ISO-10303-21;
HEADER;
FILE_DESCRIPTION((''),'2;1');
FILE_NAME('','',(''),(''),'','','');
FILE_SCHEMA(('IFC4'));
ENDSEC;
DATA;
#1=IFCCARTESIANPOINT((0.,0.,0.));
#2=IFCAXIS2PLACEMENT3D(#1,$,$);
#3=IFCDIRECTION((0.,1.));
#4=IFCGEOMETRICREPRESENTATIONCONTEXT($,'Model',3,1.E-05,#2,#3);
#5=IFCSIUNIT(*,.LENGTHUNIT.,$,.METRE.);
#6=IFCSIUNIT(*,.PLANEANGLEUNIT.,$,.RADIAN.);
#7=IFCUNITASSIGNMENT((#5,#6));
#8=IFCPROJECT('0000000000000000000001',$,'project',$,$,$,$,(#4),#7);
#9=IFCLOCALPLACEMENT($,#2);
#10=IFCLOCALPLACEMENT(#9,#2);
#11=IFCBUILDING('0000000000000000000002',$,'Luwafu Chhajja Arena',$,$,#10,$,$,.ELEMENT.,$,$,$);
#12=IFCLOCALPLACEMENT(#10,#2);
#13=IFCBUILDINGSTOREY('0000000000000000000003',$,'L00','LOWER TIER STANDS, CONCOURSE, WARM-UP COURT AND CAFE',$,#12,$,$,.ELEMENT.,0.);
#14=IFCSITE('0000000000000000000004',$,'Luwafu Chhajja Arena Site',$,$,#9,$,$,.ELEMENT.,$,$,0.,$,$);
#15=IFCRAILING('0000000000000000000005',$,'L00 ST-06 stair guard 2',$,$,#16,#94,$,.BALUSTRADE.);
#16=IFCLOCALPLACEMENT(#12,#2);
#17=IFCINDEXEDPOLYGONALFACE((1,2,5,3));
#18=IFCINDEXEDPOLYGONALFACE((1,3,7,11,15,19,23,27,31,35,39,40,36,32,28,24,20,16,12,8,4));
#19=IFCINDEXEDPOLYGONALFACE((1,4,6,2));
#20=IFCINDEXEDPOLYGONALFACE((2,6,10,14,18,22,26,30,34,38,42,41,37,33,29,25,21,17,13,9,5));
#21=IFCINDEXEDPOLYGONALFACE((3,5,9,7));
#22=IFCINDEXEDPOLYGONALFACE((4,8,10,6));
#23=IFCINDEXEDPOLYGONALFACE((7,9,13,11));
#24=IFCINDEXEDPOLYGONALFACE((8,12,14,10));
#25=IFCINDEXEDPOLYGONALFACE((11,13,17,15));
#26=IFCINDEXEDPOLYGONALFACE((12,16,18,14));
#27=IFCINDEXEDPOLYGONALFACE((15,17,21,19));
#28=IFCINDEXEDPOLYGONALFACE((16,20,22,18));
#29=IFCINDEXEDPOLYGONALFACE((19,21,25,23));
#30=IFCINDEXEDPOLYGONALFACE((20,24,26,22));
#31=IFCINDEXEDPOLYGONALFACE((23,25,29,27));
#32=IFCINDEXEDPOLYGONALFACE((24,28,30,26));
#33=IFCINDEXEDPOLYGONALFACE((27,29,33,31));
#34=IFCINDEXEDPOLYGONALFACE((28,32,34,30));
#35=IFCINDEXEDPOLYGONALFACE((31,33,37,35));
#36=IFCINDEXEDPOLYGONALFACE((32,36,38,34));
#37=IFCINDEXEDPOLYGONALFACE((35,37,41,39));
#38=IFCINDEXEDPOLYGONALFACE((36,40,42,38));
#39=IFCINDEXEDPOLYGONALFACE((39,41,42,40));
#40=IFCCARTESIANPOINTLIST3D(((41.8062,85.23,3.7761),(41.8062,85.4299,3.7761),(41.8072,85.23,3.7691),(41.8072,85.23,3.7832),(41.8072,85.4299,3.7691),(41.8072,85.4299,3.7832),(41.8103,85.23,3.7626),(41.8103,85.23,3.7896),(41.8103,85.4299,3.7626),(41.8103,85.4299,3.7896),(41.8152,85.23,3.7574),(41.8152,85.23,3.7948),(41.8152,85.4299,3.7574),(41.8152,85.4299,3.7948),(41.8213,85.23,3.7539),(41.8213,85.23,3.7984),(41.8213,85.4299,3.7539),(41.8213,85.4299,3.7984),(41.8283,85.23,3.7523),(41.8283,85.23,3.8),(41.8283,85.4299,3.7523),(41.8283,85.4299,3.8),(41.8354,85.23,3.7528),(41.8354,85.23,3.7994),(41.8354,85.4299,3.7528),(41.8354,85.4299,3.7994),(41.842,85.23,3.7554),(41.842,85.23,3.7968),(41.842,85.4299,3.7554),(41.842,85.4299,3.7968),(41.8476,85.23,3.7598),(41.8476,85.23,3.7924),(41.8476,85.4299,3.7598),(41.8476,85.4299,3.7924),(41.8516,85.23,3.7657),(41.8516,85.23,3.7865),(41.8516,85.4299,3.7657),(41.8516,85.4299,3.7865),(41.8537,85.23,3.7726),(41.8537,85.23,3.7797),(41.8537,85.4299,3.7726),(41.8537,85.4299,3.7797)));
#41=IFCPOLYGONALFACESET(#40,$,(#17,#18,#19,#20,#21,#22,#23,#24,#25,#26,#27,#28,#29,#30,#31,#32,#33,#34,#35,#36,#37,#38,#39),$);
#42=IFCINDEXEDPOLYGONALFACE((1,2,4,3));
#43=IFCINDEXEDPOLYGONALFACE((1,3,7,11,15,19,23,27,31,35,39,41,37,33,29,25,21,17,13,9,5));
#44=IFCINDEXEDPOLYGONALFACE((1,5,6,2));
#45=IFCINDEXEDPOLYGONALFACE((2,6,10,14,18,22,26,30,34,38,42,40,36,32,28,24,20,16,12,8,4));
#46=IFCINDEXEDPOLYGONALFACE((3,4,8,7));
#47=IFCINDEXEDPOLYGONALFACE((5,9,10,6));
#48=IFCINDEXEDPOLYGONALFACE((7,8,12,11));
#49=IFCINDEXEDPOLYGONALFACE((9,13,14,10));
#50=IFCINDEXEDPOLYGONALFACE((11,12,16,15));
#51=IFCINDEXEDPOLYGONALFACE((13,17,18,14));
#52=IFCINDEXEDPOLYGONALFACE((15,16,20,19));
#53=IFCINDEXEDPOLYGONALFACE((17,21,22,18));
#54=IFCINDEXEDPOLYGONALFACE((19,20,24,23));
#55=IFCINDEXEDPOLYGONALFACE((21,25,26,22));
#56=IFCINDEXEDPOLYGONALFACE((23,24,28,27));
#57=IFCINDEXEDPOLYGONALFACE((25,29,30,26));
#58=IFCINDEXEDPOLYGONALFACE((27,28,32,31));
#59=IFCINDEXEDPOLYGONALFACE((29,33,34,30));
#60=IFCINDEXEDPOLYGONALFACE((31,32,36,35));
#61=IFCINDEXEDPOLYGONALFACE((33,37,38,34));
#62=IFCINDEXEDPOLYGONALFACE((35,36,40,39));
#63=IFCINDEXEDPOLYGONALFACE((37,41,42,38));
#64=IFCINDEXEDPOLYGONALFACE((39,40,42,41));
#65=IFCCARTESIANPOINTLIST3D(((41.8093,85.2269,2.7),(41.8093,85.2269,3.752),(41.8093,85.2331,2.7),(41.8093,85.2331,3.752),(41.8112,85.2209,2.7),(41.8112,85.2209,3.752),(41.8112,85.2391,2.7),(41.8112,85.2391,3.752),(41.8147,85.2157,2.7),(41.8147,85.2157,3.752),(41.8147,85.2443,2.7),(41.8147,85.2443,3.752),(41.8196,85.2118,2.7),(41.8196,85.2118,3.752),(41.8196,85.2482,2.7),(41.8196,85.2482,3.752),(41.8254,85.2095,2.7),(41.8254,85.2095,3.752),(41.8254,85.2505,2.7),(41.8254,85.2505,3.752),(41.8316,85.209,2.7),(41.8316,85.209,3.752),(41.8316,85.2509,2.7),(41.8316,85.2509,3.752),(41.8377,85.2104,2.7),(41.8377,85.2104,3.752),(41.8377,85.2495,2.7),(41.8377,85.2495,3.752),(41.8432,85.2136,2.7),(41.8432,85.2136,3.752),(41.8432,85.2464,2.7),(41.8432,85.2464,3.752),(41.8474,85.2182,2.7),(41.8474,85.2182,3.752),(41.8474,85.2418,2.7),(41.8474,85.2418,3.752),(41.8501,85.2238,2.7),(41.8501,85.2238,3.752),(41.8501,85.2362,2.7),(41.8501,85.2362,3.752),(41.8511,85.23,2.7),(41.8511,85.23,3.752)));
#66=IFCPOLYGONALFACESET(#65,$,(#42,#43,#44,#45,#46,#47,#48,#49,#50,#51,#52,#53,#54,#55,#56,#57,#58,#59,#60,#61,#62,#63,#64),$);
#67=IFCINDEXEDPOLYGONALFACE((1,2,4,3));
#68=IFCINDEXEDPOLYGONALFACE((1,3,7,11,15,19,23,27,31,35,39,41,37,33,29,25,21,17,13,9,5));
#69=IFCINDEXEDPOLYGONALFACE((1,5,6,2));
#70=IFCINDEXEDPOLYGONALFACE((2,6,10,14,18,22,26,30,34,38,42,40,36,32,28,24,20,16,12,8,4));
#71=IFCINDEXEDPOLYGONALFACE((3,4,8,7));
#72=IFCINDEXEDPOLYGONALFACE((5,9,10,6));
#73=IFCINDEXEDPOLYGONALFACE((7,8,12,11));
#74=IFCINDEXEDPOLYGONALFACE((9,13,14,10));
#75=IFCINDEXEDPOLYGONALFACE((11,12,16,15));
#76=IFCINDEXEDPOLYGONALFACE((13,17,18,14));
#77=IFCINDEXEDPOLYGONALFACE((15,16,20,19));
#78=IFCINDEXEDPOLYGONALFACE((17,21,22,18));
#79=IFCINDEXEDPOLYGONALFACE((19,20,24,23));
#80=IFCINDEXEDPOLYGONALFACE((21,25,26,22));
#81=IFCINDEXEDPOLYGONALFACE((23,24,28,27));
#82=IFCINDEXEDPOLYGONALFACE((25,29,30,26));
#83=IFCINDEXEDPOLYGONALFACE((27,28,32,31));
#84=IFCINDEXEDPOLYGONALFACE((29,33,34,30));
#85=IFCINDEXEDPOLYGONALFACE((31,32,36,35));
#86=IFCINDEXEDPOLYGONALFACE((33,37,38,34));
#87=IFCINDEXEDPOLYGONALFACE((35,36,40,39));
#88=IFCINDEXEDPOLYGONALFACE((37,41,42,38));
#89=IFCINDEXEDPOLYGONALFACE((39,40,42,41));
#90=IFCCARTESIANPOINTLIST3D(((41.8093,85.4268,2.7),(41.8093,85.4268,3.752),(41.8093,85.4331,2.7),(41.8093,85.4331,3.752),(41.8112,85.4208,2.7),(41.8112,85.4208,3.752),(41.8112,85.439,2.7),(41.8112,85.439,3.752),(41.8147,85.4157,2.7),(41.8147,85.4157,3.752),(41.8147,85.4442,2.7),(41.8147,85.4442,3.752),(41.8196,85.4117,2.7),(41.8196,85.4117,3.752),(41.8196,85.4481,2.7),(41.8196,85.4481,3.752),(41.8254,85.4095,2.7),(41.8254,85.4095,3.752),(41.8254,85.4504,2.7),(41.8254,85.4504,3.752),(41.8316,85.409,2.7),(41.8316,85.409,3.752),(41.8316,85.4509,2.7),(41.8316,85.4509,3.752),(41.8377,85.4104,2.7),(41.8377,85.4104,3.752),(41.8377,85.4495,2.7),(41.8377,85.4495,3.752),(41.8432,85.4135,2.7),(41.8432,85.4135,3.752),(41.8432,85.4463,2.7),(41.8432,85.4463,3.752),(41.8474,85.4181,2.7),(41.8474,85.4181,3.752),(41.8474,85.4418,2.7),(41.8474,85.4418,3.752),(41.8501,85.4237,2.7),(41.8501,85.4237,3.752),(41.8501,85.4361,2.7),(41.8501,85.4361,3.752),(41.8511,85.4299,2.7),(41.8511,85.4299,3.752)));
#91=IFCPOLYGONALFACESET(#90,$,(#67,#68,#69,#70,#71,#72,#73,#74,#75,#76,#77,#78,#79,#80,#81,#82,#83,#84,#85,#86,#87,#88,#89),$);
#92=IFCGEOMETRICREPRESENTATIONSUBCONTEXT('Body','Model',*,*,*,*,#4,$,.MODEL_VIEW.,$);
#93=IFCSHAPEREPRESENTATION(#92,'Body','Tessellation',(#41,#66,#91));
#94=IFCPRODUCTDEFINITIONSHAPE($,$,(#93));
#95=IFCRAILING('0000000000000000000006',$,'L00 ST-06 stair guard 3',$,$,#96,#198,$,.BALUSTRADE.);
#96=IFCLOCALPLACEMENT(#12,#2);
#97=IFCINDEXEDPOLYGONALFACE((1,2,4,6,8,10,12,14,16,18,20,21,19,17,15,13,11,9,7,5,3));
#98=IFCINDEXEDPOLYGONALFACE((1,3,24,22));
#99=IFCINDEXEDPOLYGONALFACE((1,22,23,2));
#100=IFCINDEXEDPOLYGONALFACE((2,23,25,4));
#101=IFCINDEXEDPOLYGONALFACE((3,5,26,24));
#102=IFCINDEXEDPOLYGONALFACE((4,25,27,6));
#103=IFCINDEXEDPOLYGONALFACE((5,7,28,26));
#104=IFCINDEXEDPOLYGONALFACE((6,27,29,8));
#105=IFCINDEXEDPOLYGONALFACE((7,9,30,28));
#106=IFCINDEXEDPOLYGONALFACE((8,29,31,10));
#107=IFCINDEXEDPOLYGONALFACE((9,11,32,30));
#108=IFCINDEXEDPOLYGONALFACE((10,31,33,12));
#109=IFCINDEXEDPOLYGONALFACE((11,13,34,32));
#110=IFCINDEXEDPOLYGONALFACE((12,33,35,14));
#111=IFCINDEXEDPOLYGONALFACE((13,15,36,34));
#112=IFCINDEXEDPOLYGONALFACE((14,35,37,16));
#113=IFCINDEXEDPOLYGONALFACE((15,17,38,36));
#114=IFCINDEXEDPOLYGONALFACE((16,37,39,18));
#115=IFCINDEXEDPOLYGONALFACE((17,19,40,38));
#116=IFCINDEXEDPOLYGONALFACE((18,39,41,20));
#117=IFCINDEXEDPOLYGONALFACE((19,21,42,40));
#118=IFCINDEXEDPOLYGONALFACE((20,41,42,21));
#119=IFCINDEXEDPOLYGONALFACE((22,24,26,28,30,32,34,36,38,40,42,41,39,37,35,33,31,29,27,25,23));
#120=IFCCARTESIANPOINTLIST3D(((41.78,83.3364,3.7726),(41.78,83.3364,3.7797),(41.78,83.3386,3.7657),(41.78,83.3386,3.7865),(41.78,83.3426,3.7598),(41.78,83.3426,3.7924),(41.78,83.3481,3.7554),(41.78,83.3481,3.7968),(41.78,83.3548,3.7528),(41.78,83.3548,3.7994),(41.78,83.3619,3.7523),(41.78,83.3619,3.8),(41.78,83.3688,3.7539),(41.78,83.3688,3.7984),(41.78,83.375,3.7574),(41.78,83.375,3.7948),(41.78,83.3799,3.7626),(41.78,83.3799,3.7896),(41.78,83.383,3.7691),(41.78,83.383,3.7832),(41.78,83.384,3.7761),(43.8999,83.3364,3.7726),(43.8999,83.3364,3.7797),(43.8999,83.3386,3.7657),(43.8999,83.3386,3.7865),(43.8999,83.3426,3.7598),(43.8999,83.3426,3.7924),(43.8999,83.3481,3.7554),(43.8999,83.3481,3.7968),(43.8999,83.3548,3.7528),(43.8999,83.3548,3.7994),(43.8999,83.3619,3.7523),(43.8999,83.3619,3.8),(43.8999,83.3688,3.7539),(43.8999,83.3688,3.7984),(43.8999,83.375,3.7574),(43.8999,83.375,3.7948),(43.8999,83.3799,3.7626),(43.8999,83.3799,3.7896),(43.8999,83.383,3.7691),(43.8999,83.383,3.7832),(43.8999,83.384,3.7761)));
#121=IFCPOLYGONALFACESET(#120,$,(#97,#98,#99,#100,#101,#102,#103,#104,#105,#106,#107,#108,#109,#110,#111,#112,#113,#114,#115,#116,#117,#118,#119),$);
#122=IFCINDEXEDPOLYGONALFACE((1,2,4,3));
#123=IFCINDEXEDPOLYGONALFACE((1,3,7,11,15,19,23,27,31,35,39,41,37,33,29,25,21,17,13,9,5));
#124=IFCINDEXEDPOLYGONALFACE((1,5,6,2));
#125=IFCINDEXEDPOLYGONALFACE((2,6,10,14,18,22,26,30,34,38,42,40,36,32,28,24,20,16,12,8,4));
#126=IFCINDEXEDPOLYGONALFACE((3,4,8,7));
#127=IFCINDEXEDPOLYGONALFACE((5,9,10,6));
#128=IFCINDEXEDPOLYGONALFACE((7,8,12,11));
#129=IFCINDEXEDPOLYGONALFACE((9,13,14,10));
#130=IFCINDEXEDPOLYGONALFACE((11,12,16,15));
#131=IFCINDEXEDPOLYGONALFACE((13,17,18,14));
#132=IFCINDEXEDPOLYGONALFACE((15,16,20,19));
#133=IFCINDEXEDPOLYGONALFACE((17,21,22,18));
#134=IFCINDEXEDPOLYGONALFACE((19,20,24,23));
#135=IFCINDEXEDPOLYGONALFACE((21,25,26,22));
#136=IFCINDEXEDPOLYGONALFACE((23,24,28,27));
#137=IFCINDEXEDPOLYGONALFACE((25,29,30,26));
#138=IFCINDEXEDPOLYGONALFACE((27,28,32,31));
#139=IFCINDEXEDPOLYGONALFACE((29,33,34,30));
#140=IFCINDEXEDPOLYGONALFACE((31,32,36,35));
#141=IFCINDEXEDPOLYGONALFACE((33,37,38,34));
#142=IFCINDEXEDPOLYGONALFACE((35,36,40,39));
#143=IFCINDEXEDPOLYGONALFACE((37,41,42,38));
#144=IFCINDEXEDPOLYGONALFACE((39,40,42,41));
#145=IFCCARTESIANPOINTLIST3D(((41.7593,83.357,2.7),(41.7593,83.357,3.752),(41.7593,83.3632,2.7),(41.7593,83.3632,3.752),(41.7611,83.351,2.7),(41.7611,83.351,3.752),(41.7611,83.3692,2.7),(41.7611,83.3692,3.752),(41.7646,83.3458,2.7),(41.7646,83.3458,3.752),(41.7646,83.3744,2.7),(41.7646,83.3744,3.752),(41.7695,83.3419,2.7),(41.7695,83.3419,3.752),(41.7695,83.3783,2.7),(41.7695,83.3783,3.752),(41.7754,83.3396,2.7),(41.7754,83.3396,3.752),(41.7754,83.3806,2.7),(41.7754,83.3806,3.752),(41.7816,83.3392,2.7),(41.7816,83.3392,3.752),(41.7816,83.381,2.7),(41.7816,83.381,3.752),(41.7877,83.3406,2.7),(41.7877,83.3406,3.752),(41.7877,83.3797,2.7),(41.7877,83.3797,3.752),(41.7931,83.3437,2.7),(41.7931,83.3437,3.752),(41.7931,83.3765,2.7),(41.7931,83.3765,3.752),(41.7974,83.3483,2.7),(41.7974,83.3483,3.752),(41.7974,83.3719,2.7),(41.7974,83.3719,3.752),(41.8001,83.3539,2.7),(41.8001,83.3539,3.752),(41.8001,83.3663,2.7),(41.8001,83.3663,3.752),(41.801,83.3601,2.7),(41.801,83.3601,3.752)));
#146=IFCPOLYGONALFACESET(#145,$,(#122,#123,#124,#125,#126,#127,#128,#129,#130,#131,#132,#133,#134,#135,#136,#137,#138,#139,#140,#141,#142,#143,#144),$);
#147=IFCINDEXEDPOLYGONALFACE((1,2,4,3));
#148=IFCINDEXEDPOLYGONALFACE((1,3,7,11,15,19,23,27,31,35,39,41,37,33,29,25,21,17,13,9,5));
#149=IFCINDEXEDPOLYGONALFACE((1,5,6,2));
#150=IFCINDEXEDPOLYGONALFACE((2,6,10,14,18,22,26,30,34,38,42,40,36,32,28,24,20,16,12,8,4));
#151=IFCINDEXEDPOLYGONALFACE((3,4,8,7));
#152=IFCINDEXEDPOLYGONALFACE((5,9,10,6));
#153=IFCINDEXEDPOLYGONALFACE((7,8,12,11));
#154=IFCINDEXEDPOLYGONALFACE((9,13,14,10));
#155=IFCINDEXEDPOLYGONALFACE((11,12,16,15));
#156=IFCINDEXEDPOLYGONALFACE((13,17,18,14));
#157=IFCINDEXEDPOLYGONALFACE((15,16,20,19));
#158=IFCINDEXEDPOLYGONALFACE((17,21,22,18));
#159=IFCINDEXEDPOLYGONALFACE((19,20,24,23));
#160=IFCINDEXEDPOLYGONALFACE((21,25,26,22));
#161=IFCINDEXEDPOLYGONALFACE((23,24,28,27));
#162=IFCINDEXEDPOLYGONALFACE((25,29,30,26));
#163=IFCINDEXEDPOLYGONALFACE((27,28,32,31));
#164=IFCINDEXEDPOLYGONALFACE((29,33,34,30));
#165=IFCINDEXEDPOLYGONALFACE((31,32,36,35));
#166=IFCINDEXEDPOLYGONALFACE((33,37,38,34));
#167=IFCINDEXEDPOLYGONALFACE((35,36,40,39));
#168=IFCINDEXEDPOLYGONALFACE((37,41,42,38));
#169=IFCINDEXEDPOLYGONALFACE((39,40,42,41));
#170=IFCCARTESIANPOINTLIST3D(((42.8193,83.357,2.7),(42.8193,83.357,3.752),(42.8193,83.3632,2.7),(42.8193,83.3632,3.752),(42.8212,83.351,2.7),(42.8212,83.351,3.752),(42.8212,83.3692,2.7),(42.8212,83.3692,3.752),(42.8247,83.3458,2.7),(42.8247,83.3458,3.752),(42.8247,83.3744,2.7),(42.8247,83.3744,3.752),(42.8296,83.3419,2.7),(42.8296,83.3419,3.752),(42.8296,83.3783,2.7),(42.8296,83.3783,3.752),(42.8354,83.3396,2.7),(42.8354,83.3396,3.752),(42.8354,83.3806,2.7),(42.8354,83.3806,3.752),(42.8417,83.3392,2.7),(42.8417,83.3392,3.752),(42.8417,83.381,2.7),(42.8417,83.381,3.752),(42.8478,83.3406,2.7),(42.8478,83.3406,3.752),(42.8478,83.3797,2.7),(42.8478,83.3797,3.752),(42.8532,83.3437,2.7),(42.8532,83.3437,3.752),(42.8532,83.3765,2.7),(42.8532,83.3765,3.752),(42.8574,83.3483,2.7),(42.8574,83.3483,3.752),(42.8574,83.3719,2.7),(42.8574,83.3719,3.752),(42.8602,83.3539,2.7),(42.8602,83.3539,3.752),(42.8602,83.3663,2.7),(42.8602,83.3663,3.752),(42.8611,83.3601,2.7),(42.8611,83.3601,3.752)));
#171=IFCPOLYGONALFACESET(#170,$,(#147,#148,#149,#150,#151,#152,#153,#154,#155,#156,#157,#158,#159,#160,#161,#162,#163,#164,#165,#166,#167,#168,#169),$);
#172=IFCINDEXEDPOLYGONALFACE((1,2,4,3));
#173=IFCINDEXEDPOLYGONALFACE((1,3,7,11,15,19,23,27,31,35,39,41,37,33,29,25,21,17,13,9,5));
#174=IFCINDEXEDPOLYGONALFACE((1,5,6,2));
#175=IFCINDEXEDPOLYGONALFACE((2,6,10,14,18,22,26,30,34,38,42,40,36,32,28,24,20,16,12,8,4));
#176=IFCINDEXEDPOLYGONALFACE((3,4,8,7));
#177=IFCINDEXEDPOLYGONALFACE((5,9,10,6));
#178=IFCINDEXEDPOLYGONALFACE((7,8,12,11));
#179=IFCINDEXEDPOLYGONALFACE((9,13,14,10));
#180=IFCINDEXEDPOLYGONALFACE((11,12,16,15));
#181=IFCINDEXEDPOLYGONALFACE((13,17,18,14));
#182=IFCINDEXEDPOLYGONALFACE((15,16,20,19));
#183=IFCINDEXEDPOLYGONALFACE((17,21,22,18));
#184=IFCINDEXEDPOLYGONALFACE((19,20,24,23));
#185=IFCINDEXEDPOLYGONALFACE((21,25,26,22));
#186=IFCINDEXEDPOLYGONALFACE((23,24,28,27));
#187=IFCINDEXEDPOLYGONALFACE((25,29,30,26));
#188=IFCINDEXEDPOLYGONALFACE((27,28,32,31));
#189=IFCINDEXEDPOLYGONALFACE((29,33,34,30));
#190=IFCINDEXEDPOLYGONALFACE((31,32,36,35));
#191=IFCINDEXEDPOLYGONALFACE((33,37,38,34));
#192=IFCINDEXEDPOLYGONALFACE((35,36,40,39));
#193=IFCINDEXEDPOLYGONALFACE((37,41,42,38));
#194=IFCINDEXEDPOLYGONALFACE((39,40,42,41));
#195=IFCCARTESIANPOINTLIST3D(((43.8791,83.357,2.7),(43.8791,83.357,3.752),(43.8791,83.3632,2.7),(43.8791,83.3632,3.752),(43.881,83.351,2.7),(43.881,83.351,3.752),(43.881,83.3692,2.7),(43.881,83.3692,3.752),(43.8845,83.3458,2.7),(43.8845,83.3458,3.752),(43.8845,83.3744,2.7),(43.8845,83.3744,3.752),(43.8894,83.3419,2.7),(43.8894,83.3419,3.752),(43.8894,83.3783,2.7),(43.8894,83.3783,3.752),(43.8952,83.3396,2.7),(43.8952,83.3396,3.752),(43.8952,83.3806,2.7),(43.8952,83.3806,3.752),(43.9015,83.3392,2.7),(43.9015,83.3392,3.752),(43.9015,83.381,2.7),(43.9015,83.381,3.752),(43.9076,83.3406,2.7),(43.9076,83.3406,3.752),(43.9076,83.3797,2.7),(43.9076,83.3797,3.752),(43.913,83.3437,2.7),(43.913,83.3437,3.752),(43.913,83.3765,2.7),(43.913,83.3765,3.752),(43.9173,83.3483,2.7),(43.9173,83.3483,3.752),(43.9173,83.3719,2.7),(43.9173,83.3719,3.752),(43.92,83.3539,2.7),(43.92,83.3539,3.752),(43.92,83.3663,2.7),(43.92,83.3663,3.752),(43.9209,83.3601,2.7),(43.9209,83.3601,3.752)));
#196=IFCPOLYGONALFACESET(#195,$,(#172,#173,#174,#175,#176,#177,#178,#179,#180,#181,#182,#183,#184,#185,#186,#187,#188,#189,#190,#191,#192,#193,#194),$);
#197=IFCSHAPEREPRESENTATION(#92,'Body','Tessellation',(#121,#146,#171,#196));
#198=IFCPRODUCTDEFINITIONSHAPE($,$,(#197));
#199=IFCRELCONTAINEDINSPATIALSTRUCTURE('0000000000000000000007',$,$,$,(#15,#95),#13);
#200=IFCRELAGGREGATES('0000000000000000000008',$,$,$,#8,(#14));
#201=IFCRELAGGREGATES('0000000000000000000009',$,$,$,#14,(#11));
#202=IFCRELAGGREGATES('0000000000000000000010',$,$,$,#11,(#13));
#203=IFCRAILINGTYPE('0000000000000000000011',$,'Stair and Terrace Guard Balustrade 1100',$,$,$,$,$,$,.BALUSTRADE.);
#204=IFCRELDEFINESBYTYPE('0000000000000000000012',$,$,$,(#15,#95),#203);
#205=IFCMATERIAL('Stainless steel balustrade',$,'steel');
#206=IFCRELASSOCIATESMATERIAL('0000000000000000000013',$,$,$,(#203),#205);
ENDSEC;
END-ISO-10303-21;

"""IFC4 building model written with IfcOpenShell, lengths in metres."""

from ifc_helpers import new_model, si_unit, direction, frame, origin, origin_2d, place, context, subcontext, project, spatial, circle, extrude, material, type_object, element, save


model = new_model("IFC4")

# Units and contexts
model_context = context("Model", 3, precision=1e-05, world=origin(), true_north=direction((0.0, 1.0)))
body_context = subcontext(model_context, "Body", "Model", "MODEL_VIEW")
ifc_project = project(units=[si_unit("LENGTHUNIT", "METRE"), si_unit("PLANEANGLEUNIT", "RADIAN")], contexts=[model_context])

# Site, building, storey
site_placement = place(None, origin())
site = spatial("IfcSite", under=ifc_project, at=site_placement, Name="Luwafu Chhajja Arena Site", CompositionType="ELEMENT", RefElevation=0.0)
building_placement = place(site_placement, origin())
building = spatial("IfcBuilding", under=site, at=building_placement, Name="Luwafu Chhajja Arena", CompositionType="ELEMENT")
storey_placement = place(building_placement, origin())
storey = spatial("IfcBuildingStorey", under=building, at=storey_placement, Name="L00", Description="LOWER TIER STANDS, CONCOURSE, WARM-UP COURT AND CAFE", CompositionType="ELEMENT", Elevation=0.0)

# Railings
ifc_material_1 = material(Name="Stainless steel balustrade", Category="steel")
railing_type_1 = type_object("IfcRailingType", Name="Stair and Terrace Guard Balustrade 1100", PredefinedType="BALUSTRADE", material=ifc_material_1)
railing_1_placement = place(storey_placement, frame((41.8301, 85.23, 2.7)))
element("IfcRailing", 1, at=railing_1_placement, inside=storey, type_object=railing_type_1, Name="L00 ST-06 stair guard 2", PredefinedType="BALUSTRADE", context=body_context, shape_type="SweptSolid", body=[
    extrude(circle(Radius=0.0239, at=origin_2d()), frame((0.0, 0.0, 1.0762), z_axis=(0.0, 1.0, 0.0), x_axis=(-1.0, 0.0, 0.0)), (0.0, 0.0, 1.0), 0.2),
    extrude(circle(Radius=0.021, at=origin_2d()), origin(), (0.0, 0.0, 1.0), 1.052),
    extrude(circle(Radius=0.021, at=origin_2d()), frame((0.0, 0.2, 0.0)), (0.0, 0.0, 1.0), 1.052),
])
for number, where, name in (
    (2, (41.78, 83.3601, 2.7), "L00 ST-06 stair guard 3"),
):
    element("IfcRailing", number, at=place(storey_placement, frame(where)), inside=storey, type_object=railing_type_1, Name=name, PredefinedType="BALUSTRADE", context=body_context, shape_type="SweptSolid", body=[
        extrude(circle(Radius=0.0239, at=origin_2d()), frame((0.0, 0.0, 1.0762), z_axis=(1.0, 0.0, 0.0), x_axis=(0.0, 1.0, 0.0)), (0.0, 0.0, 1.0), 2.1199),
        extrude(circle(Radius=0.021, at=origin_2d()), origin(), (0.0, 0.0, 1.0), 1.052),
        extrude(circle(Radius=0.021, at=origin_2d()), frame((1.0601, 0.0, 0.0)), (0.0, 0.0, 1.0), 1.052),
        extrude(circle(Radius=0.021, at=origin_2d()), frame((2.1199, 0.0, 0.0)), (0.0, 0.0, 1.0), 1.052),
    ])

save(model, "model.ifc")
